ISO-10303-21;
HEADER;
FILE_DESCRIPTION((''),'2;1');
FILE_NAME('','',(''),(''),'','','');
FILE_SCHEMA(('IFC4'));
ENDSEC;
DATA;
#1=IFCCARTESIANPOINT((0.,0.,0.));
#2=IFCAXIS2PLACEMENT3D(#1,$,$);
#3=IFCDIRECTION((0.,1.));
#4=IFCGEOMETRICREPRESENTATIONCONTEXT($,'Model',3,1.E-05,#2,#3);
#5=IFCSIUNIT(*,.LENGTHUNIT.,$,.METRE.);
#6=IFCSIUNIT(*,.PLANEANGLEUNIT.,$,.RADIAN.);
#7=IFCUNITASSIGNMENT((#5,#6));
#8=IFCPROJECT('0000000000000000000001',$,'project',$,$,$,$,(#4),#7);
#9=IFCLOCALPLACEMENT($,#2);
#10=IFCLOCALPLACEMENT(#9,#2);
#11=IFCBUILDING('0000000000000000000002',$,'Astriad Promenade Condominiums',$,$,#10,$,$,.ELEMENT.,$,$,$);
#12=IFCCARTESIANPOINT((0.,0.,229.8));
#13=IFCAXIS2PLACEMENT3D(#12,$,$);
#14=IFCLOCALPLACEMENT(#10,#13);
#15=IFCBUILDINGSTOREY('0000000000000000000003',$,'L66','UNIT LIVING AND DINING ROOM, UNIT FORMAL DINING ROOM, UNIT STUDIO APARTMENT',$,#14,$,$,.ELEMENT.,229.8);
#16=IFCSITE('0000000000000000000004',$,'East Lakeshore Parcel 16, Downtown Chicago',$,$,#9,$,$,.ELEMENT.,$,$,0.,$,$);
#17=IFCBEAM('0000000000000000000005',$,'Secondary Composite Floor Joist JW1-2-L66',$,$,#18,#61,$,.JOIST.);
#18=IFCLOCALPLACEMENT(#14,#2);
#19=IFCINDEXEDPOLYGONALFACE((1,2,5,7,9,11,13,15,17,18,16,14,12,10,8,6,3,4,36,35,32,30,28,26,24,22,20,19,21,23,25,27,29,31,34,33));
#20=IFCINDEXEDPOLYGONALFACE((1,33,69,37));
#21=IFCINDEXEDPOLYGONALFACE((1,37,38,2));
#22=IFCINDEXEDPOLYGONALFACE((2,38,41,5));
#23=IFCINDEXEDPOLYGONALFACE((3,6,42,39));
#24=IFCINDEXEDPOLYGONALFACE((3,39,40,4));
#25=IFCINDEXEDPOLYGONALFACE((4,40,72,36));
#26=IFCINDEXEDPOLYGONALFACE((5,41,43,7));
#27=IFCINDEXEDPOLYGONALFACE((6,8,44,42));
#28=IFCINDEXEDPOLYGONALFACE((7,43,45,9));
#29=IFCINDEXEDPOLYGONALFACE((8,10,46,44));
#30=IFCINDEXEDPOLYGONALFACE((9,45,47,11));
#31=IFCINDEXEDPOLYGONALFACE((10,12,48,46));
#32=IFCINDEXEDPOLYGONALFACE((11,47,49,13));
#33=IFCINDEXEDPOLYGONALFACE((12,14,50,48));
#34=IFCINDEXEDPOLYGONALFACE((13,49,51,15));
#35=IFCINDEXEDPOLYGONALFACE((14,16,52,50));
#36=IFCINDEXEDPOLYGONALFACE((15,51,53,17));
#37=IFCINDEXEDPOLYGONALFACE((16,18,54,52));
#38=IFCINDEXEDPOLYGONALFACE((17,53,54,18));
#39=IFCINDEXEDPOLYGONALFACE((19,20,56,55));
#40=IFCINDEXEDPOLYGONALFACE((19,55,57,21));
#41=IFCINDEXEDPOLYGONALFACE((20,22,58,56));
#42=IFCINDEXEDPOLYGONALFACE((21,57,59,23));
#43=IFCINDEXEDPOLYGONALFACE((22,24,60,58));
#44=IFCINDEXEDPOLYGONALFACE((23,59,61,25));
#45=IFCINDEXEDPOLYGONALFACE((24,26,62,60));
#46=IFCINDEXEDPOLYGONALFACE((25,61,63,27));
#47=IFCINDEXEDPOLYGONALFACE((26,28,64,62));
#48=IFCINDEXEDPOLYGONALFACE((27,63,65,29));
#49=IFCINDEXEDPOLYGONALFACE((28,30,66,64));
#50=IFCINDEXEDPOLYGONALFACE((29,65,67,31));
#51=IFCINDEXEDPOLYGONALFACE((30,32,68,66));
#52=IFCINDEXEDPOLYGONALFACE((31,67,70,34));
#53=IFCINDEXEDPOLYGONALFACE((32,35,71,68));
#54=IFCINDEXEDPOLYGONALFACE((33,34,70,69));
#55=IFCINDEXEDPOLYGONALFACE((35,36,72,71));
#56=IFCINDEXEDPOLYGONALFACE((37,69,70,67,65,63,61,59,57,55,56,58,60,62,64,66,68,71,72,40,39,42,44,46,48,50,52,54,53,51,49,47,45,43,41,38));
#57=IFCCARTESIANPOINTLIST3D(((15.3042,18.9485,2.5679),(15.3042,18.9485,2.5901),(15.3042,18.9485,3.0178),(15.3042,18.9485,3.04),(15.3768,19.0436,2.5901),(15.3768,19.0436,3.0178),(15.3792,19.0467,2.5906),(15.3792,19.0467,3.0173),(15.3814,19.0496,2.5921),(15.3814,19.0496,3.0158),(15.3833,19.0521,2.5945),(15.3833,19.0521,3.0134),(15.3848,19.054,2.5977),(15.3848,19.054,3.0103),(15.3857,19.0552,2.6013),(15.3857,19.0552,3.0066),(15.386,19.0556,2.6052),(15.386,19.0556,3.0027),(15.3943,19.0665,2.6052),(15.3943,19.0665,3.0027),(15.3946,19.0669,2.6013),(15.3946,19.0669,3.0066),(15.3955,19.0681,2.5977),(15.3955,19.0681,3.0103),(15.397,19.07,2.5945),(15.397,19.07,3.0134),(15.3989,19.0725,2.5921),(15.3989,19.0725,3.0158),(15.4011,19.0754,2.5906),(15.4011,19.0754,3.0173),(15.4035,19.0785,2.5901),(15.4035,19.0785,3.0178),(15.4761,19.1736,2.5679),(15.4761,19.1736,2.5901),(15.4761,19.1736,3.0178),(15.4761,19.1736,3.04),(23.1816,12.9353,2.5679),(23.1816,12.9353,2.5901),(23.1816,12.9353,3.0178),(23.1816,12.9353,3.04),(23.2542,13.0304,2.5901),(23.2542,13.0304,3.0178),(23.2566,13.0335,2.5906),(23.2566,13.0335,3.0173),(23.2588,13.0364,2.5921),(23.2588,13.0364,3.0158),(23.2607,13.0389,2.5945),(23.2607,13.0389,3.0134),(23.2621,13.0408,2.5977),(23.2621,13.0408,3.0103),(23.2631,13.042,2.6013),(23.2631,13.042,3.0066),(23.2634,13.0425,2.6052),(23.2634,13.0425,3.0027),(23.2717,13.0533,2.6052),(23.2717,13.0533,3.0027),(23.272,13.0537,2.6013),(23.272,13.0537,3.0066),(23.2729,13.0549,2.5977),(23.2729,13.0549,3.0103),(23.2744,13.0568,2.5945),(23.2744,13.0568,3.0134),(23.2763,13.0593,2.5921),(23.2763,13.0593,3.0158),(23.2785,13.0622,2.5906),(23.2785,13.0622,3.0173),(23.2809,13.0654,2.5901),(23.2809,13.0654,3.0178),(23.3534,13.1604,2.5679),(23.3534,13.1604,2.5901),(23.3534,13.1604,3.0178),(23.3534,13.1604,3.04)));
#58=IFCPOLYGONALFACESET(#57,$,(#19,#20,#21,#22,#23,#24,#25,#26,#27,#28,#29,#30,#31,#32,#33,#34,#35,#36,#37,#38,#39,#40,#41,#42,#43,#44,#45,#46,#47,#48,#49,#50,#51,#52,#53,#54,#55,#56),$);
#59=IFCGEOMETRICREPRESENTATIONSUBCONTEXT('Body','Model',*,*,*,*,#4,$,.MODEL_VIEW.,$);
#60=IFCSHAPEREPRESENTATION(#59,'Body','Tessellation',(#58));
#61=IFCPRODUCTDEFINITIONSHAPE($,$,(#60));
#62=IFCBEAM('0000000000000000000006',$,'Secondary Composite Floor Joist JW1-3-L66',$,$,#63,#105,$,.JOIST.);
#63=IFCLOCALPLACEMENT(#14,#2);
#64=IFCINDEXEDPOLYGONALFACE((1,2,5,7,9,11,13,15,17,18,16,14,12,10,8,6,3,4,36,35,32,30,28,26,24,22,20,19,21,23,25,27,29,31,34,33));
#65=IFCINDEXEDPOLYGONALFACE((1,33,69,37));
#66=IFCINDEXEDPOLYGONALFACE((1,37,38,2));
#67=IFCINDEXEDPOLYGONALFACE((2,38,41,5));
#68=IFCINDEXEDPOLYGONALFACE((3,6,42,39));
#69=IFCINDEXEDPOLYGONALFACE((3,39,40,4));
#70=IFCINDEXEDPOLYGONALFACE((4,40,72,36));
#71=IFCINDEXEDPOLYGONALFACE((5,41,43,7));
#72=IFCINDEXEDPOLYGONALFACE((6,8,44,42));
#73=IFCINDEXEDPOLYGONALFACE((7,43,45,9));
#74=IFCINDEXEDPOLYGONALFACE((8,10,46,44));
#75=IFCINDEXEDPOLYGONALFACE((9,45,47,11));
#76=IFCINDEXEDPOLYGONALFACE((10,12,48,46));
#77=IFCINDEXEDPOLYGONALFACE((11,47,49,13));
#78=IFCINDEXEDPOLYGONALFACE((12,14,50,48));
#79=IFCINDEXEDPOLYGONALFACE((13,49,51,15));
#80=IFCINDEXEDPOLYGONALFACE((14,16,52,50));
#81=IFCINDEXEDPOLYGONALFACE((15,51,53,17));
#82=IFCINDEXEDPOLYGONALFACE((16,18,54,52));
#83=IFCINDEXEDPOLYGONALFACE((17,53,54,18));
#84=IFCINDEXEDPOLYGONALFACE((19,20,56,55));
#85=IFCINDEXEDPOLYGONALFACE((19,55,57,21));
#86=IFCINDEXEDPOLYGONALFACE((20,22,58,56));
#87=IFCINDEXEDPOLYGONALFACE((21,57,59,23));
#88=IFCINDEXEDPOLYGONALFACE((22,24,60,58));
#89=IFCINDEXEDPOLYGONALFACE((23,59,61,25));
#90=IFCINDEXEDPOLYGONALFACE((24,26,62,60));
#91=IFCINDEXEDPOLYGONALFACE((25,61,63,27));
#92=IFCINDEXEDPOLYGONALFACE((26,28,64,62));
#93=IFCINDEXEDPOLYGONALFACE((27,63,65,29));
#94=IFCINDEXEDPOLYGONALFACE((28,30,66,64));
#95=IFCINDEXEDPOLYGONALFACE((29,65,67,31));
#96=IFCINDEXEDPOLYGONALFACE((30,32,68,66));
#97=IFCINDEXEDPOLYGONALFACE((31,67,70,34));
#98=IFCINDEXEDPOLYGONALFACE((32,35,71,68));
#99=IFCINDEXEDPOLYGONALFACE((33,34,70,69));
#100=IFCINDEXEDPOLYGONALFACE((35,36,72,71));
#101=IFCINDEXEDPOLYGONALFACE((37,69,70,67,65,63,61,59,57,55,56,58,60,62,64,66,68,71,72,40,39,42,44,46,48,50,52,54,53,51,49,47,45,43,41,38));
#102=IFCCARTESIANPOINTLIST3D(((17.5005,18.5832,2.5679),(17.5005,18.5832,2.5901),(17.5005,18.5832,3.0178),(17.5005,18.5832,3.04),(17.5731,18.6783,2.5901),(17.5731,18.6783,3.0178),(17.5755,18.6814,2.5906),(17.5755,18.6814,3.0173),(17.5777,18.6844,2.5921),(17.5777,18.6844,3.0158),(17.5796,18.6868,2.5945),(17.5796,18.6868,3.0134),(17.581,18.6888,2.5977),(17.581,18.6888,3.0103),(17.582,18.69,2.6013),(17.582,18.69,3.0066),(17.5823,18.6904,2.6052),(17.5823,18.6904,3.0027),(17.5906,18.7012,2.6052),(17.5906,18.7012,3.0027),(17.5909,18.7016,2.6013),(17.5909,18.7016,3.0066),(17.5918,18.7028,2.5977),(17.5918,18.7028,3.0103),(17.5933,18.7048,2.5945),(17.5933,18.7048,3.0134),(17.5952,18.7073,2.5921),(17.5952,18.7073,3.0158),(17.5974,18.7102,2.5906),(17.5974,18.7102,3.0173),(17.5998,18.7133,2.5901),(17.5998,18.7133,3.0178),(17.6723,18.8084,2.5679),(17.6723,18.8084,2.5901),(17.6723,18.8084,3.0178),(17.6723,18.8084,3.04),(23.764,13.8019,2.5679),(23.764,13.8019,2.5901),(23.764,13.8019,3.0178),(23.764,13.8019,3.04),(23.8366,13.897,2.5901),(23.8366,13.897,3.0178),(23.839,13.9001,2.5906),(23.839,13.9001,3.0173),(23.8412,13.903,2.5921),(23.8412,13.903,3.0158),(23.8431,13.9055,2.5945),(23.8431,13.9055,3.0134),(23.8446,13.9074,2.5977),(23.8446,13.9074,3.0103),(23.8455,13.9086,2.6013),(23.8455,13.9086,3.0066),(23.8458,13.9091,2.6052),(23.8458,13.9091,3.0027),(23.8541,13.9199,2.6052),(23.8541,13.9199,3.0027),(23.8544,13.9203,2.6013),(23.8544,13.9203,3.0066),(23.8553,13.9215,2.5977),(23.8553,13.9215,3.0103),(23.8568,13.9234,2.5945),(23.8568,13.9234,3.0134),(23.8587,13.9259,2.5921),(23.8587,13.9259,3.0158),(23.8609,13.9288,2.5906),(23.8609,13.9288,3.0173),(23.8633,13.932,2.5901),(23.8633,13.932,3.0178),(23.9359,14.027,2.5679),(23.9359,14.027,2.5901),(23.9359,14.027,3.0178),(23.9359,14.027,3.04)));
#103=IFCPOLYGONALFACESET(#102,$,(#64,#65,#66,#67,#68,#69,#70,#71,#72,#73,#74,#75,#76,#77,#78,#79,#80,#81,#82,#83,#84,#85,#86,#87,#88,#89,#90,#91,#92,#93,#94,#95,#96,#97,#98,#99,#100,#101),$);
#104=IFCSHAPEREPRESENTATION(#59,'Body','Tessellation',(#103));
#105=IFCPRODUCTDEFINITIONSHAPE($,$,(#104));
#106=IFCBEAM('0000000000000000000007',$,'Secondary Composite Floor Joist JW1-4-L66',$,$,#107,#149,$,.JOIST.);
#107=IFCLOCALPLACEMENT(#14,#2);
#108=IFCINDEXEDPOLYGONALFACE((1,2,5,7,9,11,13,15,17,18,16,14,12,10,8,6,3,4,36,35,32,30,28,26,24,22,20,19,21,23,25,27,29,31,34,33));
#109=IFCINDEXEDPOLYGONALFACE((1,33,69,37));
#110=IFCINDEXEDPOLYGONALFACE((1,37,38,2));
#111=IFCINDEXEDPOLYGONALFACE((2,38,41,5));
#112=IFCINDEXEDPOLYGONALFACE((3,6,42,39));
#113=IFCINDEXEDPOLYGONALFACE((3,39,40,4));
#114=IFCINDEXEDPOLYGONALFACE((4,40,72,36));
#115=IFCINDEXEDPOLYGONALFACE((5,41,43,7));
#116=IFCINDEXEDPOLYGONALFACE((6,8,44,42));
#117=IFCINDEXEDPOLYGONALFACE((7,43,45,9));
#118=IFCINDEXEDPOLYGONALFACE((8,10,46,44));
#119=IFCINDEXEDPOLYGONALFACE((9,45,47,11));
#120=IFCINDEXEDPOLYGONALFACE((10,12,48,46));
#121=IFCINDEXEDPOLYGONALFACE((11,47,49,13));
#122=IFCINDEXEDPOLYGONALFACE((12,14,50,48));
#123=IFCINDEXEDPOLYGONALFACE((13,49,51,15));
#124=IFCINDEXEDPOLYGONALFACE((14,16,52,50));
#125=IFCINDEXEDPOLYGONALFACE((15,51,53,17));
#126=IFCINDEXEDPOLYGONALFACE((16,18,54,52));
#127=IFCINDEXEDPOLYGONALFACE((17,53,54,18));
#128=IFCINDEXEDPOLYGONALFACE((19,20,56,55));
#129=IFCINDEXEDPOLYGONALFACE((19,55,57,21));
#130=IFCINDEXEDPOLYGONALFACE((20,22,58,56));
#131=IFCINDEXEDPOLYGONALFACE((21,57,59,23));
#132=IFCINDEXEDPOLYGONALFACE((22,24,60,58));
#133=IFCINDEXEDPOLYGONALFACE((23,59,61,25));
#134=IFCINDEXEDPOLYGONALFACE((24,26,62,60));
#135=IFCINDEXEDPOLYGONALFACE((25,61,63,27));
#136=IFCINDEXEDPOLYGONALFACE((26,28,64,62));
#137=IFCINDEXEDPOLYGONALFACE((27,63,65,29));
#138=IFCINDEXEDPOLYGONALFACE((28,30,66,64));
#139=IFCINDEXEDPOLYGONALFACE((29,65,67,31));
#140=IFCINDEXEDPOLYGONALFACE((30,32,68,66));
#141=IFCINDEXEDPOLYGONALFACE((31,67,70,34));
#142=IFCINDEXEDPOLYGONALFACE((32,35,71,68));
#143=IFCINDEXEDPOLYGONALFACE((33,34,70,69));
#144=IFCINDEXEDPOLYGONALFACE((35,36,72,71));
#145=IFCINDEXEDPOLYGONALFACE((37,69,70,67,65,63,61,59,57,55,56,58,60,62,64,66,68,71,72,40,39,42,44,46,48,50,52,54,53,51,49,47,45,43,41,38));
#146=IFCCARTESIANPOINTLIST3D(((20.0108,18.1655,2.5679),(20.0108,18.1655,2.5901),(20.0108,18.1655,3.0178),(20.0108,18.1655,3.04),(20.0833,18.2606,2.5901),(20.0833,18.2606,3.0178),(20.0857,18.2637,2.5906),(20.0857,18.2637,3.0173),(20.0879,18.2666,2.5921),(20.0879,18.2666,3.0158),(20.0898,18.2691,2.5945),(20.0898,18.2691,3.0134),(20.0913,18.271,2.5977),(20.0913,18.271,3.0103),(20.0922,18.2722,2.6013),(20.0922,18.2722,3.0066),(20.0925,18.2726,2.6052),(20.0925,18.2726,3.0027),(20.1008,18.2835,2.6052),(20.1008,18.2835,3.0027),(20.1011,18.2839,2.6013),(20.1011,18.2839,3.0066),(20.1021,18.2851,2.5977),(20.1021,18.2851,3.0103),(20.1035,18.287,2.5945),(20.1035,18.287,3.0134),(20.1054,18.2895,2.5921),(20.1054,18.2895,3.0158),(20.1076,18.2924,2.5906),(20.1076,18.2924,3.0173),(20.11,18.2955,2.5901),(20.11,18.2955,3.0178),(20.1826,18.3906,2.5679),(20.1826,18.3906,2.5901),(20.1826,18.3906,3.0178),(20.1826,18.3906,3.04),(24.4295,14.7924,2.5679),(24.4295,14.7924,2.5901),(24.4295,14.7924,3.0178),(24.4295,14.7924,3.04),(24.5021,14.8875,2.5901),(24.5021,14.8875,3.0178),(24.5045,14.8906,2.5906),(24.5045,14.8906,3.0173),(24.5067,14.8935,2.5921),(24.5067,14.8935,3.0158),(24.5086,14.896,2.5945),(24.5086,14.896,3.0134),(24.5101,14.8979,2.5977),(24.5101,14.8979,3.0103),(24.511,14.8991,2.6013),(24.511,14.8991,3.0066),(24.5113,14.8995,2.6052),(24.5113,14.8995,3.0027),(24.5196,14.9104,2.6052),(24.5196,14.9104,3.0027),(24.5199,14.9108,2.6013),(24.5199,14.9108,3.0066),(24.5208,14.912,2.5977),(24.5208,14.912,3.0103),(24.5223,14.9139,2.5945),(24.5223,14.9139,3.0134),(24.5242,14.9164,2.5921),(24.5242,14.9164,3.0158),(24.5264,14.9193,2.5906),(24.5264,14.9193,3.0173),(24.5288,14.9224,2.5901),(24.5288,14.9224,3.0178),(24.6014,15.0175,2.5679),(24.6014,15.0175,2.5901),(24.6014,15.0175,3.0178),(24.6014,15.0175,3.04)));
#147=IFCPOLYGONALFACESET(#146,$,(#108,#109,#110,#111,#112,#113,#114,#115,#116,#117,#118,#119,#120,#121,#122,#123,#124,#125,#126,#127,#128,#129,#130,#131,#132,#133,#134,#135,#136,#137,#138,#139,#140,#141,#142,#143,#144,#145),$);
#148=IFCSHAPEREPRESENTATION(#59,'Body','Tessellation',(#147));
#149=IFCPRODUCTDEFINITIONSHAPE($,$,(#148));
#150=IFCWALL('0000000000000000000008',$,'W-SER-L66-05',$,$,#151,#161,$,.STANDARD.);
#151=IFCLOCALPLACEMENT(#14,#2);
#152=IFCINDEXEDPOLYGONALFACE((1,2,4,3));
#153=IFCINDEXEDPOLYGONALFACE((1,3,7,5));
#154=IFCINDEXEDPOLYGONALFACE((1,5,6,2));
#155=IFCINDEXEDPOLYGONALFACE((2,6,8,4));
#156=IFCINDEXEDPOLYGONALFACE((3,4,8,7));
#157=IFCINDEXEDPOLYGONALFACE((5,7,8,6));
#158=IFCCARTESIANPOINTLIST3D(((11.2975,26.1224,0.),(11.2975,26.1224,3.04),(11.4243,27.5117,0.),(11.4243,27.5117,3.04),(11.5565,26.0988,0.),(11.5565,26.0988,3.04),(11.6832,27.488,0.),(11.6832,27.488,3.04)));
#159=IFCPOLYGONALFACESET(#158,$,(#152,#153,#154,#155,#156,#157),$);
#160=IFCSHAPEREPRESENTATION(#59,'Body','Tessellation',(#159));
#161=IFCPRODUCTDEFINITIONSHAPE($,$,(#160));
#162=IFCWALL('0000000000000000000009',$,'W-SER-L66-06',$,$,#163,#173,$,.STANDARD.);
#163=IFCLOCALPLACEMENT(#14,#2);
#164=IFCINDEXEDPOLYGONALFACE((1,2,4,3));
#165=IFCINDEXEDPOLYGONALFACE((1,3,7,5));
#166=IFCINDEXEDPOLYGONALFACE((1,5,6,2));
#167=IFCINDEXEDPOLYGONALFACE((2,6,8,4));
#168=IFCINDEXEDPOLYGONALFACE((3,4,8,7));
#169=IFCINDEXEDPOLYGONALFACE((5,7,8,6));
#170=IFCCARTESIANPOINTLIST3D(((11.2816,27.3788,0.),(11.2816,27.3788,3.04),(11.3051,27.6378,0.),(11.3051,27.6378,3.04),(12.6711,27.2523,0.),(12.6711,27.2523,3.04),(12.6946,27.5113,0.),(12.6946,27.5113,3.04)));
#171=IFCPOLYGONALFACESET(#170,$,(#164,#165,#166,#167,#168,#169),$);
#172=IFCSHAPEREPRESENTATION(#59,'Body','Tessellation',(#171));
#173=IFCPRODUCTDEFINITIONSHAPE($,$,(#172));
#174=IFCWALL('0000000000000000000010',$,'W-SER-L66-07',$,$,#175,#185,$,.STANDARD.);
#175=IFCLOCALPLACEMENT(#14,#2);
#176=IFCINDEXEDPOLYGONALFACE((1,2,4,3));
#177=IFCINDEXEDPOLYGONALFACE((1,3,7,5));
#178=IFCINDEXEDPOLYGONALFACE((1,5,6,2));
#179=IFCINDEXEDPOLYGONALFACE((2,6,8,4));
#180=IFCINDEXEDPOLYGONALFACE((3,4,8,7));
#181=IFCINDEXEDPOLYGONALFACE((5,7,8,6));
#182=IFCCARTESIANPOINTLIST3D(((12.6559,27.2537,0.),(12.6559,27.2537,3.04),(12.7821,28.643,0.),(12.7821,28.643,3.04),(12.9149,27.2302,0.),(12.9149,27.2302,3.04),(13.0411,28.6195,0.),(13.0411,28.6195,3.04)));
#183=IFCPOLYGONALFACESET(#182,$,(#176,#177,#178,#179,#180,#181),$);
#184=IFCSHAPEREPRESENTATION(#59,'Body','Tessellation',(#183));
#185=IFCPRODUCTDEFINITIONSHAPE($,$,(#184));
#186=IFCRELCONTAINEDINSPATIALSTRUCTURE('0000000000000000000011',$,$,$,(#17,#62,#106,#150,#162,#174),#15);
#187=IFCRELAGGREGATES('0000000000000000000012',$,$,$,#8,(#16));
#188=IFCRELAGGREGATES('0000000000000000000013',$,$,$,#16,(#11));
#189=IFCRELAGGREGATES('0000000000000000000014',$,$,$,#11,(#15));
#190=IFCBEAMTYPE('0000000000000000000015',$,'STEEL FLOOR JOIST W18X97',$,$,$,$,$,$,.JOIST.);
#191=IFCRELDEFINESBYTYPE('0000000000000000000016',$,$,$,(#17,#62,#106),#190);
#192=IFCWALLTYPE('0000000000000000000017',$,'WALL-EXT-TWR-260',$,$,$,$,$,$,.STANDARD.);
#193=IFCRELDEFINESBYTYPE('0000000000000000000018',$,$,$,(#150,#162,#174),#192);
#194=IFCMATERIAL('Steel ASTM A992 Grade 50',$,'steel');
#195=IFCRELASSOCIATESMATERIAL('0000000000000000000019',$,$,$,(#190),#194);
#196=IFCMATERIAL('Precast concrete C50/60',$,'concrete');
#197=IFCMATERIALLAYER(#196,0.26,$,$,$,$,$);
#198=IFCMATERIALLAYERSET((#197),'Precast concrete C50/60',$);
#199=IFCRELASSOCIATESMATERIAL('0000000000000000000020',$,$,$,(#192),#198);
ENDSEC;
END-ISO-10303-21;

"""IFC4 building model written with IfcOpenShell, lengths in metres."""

from ifc_helpers import new_model, si_unit, direction, frame, frame_2d, origin, origin_2d, place, context, subcontext, project, spatial, rectangle, i_section, extrude, source, transform, mapped, material, layer, layer_set, material_profile, profile_set, type_object, element, save


model = new_model("IFC4")

# Units and contexts
model_context = context("Model", 3, precision=1e-05, world=origin(), true_north=direction((0.0, 1.0)))
body_context = subcontext(model_context, "Body", "Model", "MODEL_VIEW")
ifc_project = project(units=[si_unit("LENGTHUNIT", "METRE"), si_unit("PLANEANGLEUNIT", "RADIAN")], contexts=[model_context])

# Site, building, storey
site_placement = place(None, origin())
site = spatial("IfcSite", under=ifc_project, at=site_placement, Name="East Lakeshore Parcel 16, Downtown Chicago", CompositionType="ELEMENT", RefElevation=0.0)
building_placement = place(site_placement, origin())
building = spatial("IfcBuilding", under=site, at=building_placement, Name="Astriad Promenade Condominiums", CompositionType="ELEMENT")
storey_placement = place(building_placement, frame((0.0, 0.0, 229.8)))
storey = spatial("IfcBuildingStorey", under=building, at=storey_placement, Name="L66", Description="UNIT LIVING AND DINING ROOM, UNIT FORMAL DINING ROOM, UNIT STUDIO APARTMENT", CompositionType="ELEMENT", Elevation=229.8)

# Beams
ifc_material_1 = material(Name="Steel ASTM A992 Grade 50", Category="steel")
ifc_material_profile_1 = material_profile(ifc_material_1, i_section(OverallWidth=0.2832, OverallDepth=0.4722, WebThickness=0.0137, FlangeThickness=0.0222, FilletRadius=0.0151, at=origin_2d()), Name="W18X97")
ifc_profile_set_1 = profile_set([ifc_material_profile_1], Name="Steel ASTM A992 Grade 50")
beam_type_1 = type_object("IfcBeamType", Name="STEEL FLOOR JOIST W18X97", PredefinedType="JOIST", material=ifc_profile_set_1)
shared_shape_1 = source(origin(), body_context, "Body", "SweptSolid", [
    extrude(i_section(OverallWidth=0.2832, OverallDepth=0.4722, WebThickness=0.0137, FlangeThickness=0.0222, FilletRadius=0.0151, at=origin_2d()), origin(), (0.0, 0.0, 1.0), 9.9102),
])
beam_1_placement = place(storey_placement, frame((15.3901, 19.061, 2.804), z_axis=(0.794881, -0.606766, 0.0), x_axis=(0.606766, 0.794881, 0.0)))
element("IfcBeam", 1, at=beam_1_placement, inside=storey, type_object=beam_type_1, Name="Secondary Composite Floor Joist JW1-2-L66", PredefinedType="JOIST", context=body_context, shape_type="MappedRepresentation", body=[
    mapped(shared_shape_1, transform((0.0, 0.0, 0.0), scale=1.0)),
])
shared_shape_2 = source(origin(), body_context, "Body", "SweptSolid", [
    extrude(i_section(OverallWidth=0.2832, OverallDepth=0.4722, WebThickness=0.0137, FlangeThickness=0.0222, FilletRadius=0.0151, at=origin_2d()), origin(), (0.0, 0.0, 1.0), 7.8799),
])
beam_2_placement = place(storey_placement, frame((17.5864, 18.6958, 2.804), z_axis=(0.794874, -0.606775, 0.0), x_axis=(0.606775, 0.794874, 0.0)))
element("IfcBeam", 2, at=beam_2_placement, inside=storey, type_object=beam_type_1, Name="Secondary Composite Floor Joist JW1-3-L66", PredefinedType="JOIST", context=body_context, shape_type="MappedRepresentation", body=[
    mapped(shared_shape_2, transform((0.0, 0.0, 0.0), scale=1.0)),
])
shared_shape_3 = source(origin(), body_context, "Body", "SweptSolid", [
    extrude(i_section(OverallWidth=0.2832, OverallDepth=0.4722, WebThickness=0.0137, FlangeThickness=0.0222, FilletRadius=0.0151, at=origin_2d()), origin(), (0.0, 0.0, 1.0), 5.5591),
])
beam_3_placement = place(storey_placement, frame((20.0967, 18.2781, 2.804), z_axis=(0.794875, -0.606773, 0.0), x_axis=(0.606773, 0.794875, 0.0)))
element("IfcBeam", 3, at=beam_3_placement, inside=storey, type_object=beam_type_1, Name="Secondary Composite Floor Joist JW1-4-L66", PredefinedType="JOIST", context=body_context, shape_type="MappedRepresentation", body=[
    mapped(shared_shape_3, transform((0.0, 0.0, 0.0), scale=1.0)),
])

# Walls
ifc_material_2 = material(Name="Precast concrete C50/60", Category="concrete")
ifc_layer_1 = layer(ifc_material_2, 0.26)
ifc_layer_set_1 = layer_set([ifc_layer_1], Name="Precast concrete C50/60")
wall_type_1 = type_object("IfcWallType", Name="WALL-EXT-TWR-260", PredefinedType="STANDARD", material=ifc_layer_set_1)
wall_1_placement = place(storey_placement, frame((11.427, 26.1106, 0.0), z_axis=(0.0, 0.0, 1.0), x_axis=(0.090836, 0.995866, 0.0)))
element("IfcWall", 4, at=wall_1_placement, inside=storey, type_object=wall_type_1, Name="W-SER-L66-05", PredefinedType="STANDARD", context=body_context, shape_type="SweptSolid", body=[
    extrude(rectangle(XDim=1.395, YDim=0.26, at=frame_2d((0.6975, 0.0))), origin(), (0.0, 0.0, 1.0), 3.04),
])
wall_2_placement = place(storey_placement, frame((11.2932, 27.5083, 0.0), z_axis=(0.0, 0.0, 1.0), x_axis=(0.995883, -0.090646, 0.0)))
element("IfcWall", 5, at=wall_2_placement, inside=storey, type_object=wall_type_1, Name="W-SER-L66-06", PredefinedType="STANDARD", context=body_context, shape_type="SweptSolid", body=[
    extrude(rectangle(XDim=1.3953, YDim=0.26, at=frame_2d((0.6978, 0.0))), origin(), (0.0, 0.0, 1.0), 3.04),
])
wall_3_placement = place(storey_placement, frame((12.7854, 27.2419, 0.0), z_axis=(0.0, 0.0, 1.0), x_axis=(0.090473, 0.995899, 0.0)))
element("IfcWall", 6, at=wall_3_placement, inside=storey, type_object=wall_type_1, Name="W-SER-L66-07", PredefinedType="STANDARD", context=body_context, shape_type="SweptSolid", body=[
    extrude(rectangle(XDim=1.395, YDim=0.26, at=frame_2d((0.6975, 0.0))), origin(), (0.0, 0.0, 1.0), 3.04),
])

save(model, "model.ifc")
